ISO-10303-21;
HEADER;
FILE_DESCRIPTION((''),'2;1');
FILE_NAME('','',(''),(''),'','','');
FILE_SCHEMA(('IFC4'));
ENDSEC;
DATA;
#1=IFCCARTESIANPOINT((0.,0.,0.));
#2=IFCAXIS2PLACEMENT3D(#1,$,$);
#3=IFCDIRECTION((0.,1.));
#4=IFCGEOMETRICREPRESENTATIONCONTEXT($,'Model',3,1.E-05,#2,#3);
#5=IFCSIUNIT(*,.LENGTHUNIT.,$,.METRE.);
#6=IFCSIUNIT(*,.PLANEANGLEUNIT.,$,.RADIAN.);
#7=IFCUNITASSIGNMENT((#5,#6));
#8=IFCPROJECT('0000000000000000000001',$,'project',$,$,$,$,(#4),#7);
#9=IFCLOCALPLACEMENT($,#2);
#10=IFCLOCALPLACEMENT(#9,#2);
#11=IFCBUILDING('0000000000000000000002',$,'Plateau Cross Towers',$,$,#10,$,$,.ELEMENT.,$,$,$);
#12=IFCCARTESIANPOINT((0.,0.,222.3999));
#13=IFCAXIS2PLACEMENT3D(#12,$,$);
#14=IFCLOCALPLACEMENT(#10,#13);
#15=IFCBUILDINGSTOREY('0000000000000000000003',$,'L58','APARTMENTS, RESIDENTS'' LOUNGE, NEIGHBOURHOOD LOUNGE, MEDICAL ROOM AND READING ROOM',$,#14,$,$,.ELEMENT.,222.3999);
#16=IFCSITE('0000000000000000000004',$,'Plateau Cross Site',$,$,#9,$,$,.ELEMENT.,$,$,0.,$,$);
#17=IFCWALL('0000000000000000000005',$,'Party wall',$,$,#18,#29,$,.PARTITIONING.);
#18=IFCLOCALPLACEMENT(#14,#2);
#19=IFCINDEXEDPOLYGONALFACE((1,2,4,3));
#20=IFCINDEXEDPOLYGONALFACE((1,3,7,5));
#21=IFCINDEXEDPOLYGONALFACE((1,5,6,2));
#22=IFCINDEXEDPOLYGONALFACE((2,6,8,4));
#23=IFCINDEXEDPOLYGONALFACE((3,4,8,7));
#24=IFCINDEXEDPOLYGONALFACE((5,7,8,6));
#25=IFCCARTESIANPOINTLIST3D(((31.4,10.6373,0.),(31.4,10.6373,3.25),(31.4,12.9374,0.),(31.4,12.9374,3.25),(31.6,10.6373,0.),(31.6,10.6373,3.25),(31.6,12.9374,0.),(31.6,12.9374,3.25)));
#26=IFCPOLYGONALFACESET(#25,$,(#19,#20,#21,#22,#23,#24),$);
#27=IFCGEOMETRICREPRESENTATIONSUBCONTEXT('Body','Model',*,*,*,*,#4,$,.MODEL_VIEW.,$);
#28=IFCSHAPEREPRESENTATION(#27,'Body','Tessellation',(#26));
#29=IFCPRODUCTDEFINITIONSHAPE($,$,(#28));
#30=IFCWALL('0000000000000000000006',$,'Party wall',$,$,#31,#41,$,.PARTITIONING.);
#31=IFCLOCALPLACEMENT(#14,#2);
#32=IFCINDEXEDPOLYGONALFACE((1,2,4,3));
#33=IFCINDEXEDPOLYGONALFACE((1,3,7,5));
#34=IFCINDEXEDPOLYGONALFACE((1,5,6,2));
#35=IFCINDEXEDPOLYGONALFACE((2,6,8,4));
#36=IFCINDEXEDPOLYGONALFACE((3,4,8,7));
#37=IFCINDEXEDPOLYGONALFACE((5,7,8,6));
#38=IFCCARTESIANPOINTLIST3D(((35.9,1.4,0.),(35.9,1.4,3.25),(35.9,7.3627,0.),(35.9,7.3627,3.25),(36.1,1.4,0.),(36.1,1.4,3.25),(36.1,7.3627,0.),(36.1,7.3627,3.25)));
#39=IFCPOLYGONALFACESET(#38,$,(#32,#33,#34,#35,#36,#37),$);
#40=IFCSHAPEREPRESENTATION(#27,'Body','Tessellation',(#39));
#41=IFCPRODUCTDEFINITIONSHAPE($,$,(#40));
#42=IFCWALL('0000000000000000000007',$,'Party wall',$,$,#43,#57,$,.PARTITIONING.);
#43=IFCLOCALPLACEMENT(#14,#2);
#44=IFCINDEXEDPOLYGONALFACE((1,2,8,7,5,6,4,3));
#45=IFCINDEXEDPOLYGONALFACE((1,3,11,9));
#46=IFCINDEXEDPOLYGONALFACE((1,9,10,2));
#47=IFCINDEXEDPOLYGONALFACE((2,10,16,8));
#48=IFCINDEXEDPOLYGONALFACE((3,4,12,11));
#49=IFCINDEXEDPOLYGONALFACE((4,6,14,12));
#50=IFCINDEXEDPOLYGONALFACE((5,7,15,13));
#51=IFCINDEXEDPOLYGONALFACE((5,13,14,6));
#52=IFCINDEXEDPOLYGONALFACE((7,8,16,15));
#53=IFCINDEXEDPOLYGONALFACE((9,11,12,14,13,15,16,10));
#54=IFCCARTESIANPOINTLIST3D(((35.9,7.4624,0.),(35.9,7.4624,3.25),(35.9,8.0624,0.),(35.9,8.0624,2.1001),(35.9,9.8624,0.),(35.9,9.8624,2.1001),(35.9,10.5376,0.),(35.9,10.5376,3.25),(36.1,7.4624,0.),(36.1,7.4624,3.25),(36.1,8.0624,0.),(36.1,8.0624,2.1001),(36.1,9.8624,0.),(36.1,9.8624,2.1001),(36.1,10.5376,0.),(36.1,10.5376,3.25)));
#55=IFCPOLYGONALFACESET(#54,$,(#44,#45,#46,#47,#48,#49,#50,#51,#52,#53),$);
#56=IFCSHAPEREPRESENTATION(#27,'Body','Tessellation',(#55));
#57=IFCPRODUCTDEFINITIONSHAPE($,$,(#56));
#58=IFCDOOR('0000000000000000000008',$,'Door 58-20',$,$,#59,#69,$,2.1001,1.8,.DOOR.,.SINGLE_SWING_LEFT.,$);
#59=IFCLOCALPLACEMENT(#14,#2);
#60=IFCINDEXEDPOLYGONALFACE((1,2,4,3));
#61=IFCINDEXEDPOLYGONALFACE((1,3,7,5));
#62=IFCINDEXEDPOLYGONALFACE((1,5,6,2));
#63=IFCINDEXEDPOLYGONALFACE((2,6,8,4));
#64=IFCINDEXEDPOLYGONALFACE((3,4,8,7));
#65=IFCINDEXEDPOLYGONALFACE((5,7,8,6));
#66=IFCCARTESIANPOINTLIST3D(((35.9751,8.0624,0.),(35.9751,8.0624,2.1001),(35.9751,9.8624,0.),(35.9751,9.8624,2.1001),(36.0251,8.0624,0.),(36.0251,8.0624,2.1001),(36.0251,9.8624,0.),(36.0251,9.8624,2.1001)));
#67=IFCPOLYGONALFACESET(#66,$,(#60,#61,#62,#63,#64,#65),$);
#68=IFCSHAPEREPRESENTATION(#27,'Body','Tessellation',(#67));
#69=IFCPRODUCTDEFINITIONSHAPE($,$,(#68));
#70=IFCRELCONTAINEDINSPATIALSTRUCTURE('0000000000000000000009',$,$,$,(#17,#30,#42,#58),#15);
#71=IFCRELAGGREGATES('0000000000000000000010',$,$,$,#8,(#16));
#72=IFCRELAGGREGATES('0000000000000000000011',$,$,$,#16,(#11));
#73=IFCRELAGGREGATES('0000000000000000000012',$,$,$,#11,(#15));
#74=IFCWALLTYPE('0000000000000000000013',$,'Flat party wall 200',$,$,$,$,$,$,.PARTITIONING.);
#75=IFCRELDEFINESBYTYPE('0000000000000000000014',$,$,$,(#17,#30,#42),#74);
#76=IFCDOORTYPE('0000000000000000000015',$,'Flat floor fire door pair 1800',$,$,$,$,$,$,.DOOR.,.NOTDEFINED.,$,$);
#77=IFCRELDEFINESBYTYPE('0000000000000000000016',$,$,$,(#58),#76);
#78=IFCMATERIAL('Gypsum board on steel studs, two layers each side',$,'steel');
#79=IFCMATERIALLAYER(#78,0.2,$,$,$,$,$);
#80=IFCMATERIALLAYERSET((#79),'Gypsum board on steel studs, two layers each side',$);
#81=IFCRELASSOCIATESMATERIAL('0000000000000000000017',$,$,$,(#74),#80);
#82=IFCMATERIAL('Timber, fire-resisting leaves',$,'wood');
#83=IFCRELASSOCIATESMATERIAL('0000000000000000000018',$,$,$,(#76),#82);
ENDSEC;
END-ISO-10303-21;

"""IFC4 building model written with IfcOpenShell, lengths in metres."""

from ifc_helpers import new_model, si_unit, direction, frame, frame_2d, origin, place, context, subcontext, project, spatial, rectangle, extrude, material, layer, layer_set, type_object, element, fill, save


model = new_model("IFC4")

# Units and contexts
model_context = context("Model", 3, precision=1e-05, world=origin(), true_north=direction((0.0, 1.0)))
body_context = subcontext(model_context, "Body", "Model", "MODEL_VIEW")
ifc_project = project(units=[si_unit("LENGTHUNIT", "METRE"), si_unit("PLANEANGLEUNIT", "RADIAN")], contexts=[model_context])

# Site, building, storey
site_placement = place(None, origin())
site = spatial("IfcSite", under=ifc_project, at=site_placement, Name="Plateau Cross Site", CompositionType="ELEMENT", RefElevation=0.0)
building_placement = place(site_placement, origin())
building = spatial("IfcBuilding", under=site, at=building_placement, Name="Plateau Cross Towers", CompositionType="ELEMENT")
storey_placement = place(building_placement, frame((0.0, 0.0, 222.3999)))
storey = spatial("IfcBuildingStorey", under=building, at=storey_placement, Name="L58", Description="APARTMENTS, RESIDENTS' LOUNGE, NEIGHBOURHOOD LOUNGE, MEDICAL ROOM AND READING ROOM", CompositionType="ELEMENT", Elevation=222.3999)

# Walls
ifc_material_1 = material(Name="Gypsum board on steel studs, two layers each side", Category="steel")
ifc_layer_1 = layer(ifc_material_1, 0.2)
ifc_layer_set_1 = layer_set([ifc_layer_1], Name="Gypsum board on steel studs, two layers each side")
wall_type_1 = type_object("IfcWallType", Name="Flat party wall 200", PredefinedType="PARTITIONING", material=ifc_layer_set_1)
for number, where, z_axis, x_axis, name in (
    (1, (31.5, 10.6375, 0.0), (0.0, 0.0, 1.0), (0.0, 1.0, 0.0), "Party wall"),
):
    element("IfcWall", number, at=place(storey_placement, frame(where, z_axis=z_axis, x_axis=x_axis)), inside=storey, type_object=wall_type_1, Name=name, PredefinedType="PARTITIONING", context=body_context, shape_type="SweptSolid", body=[
        extrude(rectangle(XDim=2.3, YDim=0.2, at=frame_2d((1.1499, 0.0))), origin(), (0.0, 0.0, 1.0), 3.25),
    ])
wall_1_placement = place(storey_placement, frame((36.0, 1.3999, 0.0), z_axis=(0.0, 0.0, 1.0), x_axis=(0.0, 1.0, 0.0)))
element("IfcWall", 2, at=wall_1_placement, inside=storey, type_object=wall_type_1, Name="Party wall", PredefinedType="PARTITIONING", context=body_context, shape_type="SweptSolid", body=[
    extrude(rectangle(XDim=5.9626, YDim=0.2, at=frame_2d((2.9814, 0.0))), origin(), (0.0, 0.0, 1.0), 3.25),
])

# Wall, opening, door
wall_2_placement = place(storey_placement, frame((36.0, 7.4624, 0.0), z_axis=(0.0, 0.0, 1.0), x_axis=(0.0, 1.0, 0.0)))
wall_2 = element("IfcWall", 3, at=wall_2_placement, inside=storey, type_object=wall_type_1, Name="Party wall", PredefinedType="PARTITIONING", context=body_context, shape_type="SweptSolid", body=[
    extrude(rectangle(XDim=3.0752, YDim=0.2, at=frame_2d((1.5376, 0.0))), origin(), (0.0, 0.0, 1.0), 3.25),
])
opening_1_placement = place(wall_2_placement, frame((0.6001, 0.0, 0.0)))
opening_1 = element("IfcOpeningElement", 4, at=opening_1_placement, cuts=wall_2, PredefinedType="OPENING", context=body_context, shape_type="SweptSolid", body=[
    extrude(rectangle(XDim=1.8, YDim=2.1001, at=frame_2d((0.8999, 1.05))), frame((0.0, 0.1099, 0.0), z_axis=(0.0, -1.0, 0.0), x_axis=(1.0, 0.0, 0.0)), (0.0, 0.0, 1.0), 0.22),
])
ifc_material_2 = material(Name="Timber, fire-resisting leaves", Category="wood")
door_type_1 = type_object("IfcDoorType", Name="Flat floor fire door pair 1800", OperationType="NOTDEFINED", PredefinedType="DOOR", material=ifc_material_2)
door_1_placement = place(opening_1_placement, origin())
door_1 = element("IfcDoor", 5, at=door_1_placement, inside=storey, type_object=door_type_1, Name="Door 58-20", OperationType="SINGLE_SWING_LEFT", OverallHeight=2.1001, OverallWidth=1.8, PredefinedType="DOOR", context=body_context, shape_type="SweptSolid", body=[
    extrude(rectangle(XDim=1.8, YDim=2.1001, at=frame_2d((0.8999, 1.05))), frame((0.0, 0.0249, 0.0), z_axis=(0.0, -1.0, 0.0), x_axis=(1.0, 0.0, 0.0)), (0.0, 0.0, 1.0), 0.05),
])
fill(opening_1, door_1)

save(model, "model.ifc")
